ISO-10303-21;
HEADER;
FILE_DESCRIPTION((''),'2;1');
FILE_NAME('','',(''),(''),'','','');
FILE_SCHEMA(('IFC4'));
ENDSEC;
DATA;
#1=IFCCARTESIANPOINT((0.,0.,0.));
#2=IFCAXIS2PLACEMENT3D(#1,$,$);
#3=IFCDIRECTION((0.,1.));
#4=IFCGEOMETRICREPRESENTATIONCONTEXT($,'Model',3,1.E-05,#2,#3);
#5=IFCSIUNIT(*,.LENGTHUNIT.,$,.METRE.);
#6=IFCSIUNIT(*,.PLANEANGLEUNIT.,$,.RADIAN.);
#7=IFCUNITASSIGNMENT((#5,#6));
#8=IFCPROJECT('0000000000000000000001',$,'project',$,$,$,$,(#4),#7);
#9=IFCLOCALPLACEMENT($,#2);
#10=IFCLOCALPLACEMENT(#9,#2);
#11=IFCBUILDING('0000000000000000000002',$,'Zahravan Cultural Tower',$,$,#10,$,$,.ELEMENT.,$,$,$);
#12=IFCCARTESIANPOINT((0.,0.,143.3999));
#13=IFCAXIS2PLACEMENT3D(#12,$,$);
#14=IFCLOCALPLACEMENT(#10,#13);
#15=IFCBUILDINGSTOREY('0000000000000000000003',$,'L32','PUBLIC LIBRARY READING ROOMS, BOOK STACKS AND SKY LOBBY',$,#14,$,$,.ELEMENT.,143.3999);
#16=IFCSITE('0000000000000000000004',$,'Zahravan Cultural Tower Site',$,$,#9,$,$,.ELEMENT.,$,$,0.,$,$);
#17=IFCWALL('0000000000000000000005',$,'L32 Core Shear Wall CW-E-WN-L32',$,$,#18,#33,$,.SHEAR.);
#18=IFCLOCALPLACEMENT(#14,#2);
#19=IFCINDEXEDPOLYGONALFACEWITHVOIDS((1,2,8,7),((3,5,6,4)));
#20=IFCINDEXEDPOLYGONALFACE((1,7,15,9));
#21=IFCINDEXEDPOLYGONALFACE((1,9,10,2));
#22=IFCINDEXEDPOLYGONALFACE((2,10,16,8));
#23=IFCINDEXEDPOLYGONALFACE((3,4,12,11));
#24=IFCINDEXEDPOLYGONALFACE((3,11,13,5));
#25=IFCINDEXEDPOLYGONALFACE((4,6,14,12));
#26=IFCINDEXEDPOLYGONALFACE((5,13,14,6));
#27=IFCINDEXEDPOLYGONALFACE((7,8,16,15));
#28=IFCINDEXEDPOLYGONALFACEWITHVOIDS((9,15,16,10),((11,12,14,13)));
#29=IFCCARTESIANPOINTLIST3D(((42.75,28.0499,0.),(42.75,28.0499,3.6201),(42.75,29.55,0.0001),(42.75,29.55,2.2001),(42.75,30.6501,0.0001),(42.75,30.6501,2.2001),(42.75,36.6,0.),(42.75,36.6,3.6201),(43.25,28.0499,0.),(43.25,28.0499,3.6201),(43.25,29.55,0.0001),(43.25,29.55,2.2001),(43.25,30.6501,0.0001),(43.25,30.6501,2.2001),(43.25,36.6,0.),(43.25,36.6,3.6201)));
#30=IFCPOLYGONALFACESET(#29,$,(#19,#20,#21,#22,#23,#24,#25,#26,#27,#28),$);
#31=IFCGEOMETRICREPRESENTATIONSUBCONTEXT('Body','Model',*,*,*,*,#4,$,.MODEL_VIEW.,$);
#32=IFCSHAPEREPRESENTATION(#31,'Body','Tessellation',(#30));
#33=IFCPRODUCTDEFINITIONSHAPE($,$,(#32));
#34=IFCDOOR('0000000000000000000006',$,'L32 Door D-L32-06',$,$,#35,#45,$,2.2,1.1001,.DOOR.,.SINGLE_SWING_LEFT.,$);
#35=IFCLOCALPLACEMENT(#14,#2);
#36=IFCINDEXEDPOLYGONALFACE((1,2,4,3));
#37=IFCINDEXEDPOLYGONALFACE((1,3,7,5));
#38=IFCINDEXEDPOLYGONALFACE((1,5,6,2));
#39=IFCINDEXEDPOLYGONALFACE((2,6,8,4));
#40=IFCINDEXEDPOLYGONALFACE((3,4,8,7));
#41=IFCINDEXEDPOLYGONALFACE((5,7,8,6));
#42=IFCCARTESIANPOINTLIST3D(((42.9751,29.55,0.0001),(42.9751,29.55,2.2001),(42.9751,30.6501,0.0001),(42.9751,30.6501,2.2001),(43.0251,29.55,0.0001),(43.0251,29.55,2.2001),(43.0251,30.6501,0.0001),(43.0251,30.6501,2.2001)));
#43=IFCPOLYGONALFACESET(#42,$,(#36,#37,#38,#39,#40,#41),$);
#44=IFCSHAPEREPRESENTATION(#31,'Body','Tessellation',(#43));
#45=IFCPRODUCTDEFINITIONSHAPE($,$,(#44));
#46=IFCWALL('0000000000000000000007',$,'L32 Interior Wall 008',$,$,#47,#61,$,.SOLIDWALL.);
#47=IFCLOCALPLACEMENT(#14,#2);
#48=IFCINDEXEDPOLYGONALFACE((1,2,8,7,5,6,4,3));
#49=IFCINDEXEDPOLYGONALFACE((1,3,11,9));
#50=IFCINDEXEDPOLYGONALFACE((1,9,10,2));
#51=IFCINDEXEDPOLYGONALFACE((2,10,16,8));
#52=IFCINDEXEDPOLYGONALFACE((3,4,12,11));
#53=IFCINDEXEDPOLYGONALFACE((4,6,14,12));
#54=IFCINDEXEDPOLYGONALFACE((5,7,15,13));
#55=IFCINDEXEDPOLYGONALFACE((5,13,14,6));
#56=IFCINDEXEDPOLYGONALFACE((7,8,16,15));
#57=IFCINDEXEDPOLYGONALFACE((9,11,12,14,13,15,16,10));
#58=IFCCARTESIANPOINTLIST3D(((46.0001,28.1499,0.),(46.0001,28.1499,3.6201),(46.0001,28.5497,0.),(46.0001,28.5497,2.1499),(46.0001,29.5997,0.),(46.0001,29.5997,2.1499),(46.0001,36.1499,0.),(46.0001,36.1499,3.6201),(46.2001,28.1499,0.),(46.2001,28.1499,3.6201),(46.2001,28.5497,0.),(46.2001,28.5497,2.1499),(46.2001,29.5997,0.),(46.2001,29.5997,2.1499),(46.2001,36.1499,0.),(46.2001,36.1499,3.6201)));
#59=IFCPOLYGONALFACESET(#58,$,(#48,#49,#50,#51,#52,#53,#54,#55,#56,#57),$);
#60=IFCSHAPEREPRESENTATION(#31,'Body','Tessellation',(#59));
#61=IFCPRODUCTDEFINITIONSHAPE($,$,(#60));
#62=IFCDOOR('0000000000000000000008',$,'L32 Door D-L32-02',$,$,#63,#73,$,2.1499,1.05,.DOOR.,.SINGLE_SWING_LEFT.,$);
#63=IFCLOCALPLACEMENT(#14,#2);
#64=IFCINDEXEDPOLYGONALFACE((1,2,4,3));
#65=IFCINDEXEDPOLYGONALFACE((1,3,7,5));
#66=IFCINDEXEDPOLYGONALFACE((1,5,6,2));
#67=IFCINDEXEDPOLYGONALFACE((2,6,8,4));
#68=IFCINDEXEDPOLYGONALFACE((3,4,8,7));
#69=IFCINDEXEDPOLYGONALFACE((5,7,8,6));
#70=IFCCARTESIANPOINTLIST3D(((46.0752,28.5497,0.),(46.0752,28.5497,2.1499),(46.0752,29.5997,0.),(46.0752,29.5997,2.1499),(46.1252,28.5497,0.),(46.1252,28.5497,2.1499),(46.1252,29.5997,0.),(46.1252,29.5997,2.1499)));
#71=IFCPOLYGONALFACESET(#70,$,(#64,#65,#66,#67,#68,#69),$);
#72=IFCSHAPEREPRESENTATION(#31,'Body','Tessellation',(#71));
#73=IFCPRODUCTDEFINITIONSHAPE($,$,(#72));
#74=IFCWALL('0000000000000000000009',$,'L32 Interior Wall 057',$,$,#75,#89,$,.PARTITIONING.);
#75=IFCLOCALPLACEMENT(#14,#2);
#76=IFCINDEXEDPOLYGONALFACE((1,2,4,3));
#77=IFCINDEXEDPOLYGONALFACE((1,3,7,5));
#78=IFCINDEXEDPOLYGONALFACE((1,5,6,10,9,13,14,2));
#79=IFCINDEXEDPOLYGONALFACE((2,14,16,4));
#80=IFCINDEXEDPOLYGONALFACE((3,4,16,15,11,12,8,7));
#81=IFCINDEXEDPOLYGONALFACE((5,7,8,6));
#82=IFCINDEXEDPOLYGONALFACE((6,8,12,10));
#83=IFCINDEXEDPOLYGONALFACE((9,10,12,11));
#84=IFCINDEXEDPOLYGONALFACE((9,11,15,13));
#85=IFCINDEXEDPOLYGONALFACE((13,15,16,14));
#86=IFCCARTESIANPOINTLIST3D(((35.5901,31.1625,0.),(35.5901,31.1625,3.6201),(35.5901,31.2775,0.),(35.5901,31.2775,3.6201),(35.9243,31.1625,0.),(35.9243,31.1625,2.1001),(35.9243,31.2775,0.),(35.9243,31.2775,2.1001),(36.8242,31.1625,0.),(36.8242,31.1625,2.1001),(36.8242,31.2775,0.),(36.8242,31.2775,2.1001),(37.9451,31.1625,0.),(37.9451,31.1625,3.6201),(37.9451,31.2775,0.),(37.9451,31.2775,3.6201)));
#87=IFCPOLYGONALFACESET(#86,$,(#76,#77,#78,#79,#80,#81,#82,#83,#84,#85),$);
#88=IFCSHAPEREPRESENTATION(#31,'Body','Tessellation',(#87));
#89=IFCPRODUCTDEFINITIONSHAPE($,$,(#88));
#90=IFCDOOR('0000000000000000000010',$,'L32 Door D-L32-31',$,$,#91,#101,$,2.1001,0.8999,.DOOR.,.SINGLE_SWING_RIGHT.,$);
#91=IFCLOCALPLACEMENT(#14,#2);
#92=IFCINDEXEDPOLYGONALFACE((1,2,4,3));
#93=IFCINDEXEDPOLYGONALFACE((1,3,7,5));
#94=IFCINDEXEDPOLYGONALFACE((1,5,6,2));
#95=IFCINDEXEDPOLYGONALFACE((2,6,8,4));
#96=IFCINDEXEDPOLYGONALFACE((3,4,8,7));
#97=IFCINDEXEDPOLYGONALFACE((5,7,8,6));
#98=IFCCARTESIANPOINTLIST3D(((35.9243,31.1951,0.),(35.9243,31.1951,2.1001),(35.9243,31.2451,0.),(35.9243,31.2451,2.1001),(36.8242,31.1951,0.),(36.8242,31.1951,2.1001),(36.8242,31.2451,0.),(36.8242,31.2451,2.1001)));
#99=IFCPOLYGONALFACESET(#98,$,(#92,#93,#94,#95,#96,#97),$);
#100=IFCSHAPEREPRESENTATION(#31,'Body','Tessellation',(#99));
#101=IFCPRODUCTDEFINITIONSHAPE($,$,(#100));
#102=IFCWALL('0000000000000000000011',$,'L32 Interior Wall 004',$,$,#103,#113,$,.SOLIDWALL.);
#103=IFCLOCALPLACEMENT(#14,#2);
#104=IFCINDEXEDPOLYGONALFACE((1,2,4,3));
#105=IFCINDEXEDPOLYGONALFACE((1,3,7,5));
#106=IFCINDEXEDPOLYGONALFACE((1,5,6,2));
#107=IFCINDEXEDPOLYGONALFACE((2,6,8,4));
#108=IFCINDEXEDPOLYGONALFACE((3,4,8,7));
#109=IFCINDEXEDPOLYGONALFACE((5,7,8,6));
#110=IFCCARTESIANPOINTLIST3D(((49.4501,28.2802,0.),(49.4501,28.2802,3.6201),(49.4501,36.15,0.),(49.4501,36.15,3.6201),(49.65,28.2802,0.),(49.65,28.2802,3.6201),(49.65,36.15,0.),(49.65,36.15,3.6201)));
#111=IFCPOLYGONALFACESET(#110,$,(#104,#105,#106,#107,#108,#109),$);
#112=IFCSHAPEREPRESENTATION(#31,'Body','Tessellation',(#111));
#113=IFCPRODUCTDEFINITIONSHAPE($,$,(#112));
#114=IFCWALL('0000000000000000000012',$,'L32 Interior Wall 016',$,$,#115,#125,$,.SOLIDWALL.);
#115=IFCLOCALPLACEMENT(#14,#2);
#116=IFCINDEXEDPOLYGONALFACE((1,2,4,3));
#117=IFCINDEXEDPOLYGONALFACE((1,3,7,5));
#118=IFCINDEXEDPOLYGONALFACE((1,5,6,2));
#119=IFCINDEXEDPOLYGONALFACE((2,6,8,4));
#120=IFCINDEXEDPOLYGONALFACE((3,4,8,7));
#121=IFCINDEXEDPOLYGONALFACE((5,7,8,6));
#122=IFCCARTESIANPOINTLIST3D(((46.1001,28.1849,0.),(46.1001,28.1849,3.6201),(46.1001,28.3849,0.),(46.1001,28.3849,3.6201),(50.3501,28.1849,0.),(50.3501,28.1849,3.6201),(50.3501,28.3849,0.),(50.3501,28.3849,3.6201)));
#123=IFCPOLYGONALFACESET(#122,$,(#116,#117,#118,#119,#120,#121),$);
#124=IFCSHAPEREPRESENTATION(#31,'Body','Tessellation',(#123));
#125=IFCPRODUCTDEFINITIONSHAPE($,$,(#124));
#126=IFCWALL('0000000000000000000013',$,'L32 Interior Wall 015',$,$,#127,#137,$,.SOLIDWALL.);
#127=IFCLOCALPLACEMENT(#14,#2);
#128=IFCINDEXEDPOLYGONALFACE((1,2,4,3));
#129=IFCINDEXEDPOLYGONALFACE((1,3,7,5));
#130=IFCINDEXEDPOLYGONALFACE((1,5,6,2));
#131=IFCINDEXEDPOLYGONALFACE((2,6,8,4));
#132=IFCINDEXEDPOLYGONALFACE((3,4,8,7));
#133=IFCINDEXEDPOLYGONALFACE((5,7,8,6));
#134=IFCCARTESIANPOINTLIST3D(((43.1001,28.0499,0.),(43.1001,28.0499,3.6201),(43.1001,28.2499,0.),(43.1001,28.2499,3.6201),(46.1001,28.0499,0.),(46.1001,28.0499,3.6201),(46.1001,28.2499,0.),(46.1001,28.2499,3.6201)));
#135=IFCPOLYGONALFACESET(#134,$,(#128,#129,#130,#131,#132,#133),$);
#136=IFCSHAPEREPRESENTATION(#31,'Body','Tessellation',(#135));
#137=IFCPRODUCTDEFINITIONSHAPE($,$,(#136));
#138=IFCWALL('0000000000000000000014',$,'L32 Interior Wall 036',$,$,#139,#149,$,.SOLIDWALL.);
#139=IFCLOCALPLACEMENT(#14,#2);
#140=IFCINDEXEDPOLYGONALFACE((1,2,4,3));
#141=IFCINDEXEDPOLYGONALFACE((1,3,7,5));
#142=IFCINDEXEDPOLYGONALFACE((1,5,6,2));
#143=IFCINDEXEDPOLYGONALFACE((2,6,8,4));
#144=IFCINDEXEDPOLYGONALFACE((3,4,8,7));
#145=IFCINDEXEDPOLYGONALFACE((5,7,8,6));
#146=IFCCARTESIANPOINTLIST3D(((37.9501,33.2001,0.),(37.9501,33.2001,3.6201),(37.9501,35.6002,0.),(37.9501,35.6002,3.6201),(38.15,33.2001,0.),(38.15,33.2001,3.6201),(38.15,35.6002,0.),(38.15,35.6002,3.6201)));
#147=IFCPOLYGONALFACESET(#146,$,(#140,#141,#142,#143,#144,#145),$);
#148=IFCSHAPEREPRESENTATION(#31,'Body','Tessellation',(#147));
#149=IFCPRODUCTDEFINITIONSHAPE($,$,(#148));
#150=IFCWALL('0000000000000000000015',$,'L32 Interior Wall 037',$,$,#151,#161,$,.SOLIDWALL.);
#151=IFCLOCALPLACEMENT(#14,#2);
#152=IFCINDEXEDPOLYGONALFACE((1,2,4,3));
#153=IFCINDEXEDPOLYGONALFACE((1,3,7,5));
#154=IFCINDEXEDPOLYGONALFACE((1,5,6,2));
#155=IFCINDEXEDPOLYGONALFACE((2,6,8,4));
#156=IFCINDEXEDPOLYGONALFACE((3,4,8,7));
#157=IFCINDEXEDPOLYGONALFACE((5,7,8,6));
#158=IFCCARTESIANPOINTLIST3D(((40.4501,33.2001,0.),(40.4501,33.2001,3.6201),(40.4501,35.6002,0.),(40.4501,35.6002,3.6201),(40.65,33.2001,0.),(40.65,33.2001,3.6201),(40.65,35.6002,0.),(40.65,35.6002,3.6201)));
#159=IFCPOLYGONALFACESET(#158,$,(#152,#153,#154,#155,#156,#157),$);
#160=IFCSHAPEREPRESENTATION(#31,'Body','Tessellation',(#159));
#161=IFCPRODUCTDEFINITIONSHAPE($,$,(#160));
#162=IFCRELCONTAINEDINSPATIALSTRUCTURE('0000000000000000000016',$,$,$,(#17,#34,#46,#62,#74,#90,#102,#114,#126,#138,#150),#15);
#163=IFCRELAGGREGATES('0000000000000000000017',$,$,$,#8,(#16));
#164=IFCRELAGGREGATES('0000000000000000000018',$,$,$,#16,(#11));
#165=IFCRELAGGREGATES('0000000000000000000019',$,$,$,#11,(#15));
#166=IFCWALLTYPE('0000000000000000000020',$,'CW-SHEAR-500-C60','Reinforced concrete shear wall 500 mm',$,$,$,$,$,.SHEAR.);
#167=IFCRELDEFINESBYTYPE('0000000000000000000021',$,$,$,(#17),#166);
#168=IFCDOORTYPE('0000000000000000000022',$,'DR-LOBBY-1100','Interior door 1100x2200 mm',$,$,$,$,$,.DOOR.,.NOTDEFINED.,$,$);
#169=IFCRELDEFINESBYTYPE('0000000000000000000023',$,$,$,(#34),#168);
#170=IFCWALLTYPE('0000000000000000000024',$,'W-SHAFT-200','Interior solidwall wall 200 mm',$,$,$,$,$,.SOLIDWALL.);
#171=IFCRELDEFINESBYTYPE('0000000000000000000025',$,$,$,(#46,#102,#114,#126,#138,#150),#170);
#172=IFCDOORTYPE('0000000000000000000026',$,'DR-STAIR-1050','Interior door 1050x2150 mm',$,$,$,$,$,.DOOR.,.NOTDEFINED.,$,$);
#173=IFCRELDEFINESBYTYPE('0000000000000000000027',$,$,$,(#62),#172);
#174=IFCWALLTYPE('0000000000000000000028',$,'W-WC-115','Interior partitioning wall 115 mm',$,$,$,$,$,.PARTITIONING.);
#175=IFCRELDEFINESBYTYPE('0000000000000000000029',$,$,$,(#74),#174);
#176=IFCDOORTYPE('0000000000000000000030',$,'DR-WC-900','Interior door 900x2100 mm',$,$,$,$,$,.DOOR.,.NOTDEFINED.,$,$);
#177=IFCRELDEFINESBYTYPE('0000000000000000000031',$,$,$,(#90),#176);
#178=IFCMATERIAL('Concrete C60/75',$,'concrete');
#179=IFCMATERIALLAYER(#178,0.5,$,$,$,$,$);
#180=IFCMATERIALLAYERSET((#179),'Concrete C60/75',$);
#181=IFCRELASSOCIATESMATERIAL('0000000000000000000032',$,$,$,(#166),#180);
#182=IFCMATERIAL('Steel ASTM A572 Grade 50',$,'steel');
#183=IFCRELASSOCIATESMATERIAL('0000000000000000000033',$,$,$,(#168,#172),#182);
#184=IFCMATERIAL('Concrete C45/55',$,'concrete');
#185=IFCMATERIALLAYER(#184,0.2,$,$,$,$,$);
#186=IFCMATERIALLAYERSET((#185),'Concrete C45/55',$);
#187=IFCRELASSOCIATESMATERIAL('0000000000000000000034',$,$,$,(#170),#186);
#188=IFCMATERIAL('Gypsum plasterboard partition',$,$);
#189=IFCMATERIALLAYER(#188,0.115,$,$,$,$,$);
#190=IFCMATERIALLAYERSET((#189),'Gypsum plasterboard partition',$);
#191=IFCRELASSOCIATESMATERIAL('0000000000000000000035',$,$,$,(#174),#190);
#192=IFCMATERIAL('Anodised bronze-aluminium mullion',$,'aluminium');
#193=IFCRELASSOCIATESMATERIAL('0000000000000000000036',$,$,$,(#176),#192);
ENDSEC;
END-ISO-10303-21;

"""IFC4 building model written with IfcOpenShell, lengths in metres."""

from ifc_helpers import new_model, si_unit, direction, frame, frame_2d, origin, place, context, subcontext, project, spatial, rectangle, extrude, source, transform, mapped, material, layer, layer_set, type_object, element, fill, save


model = new_model("IFC4")

# Units and contexts
model_context = context("Model", 3, precision=1e-05, world=origin(), true_north=direction((0.0, 1.0)))
body_context = subcontext(model_context, "Body", "Model", "MODEL_VIEW")
ifc_project = project(units=[si_unit("LENGTHUNIT", "METRE"), si_unit("PLANEANGLEUNIT", "RADIAN")], contexts=[model_context])

# Site, building, storey
site_placement = place(None, origin())
site = spatial("IfcSite", under=ifc_project, at=site_placement, Name="Zahravan Cultural Tower Site", CompositionType="ELEMENT", RefElevation=0.0)
building_placement = place(site_placement, origin())
building = spatial("IfcBuilding", under=site, at=building_placement, Name="Zahravan Cultural Tower", CompositionType="ELEMENT")
storey_placement = place(building_placement, frame((0.0, 0.0, 143.3999)))
storey = spatial("IfcBuildingStorey", under=building, at=storey_placement, Name="L32", Description="PUBLIC LIBRARY READING ROOMS, BOOK STACKS AND SKY LOBBY", CompositionType="ELEMENT", Elevation=143.3999)

# Walls, openings, doors
ifc_material_1 = material(Name="Concrete C60/75", Category="concrete")
ifc_layer_1 = layer(ifc_material_1, 0.5)
ifc_layer_set_1 = layer_set([ifc_layer_1], Name="Concrete C60/75")
wall_type_1 = type_object("IfcWallType", Name="CW-SHEAR-500-C60", Description="Reinforced concrete shear wall 500 mm", PredefinedType="SHEAR", material=ifc_layer_set_1)
wall_1_placement = place(storey_placement, frame((43.0, 28.05, 0.0), z_axis=(0.0, 0.0, 1.0), x_axis=(0.0, 1.0, 0.0)))
wall_1 = element("IfcWall", 1, at=wall_1_placement, inside=storey, type_object=wall_type_1, Name="L32 Core Shear Wall CW-E-WN-L32", PredefinedType="SHEAR", context=body_context, shape_type="SweptSolid", body=[
    extrude(rectangle(XDim=8.55, YDim=0.5, at=frame_2d((4.2749, 0.0))), origin(), (0.0, 0.0, 1.0), 3.6201),
])
opening_1_placement = place(wall_1_placement, frame((1.5, 0.0, 0.0)))
opening_1 = element("IfcOpeningElement", 2, at=opening_1_placement, cuts=wall_1, PredefinedType="OPENING", context=body_context, shape_type="SweptSolid", body=[
    extrude(rectangle(XDim=1.1001, YDim=2.2, at=frame_2d((0.55, 1.1001))), frame((0.0, 0.26, 0.0), z_axis=(0.0, -1.0, 0.0), x_axis=(1.0, 0.0, 0.0)), (0.0, 0.0, 1.0), 0.52),
])
ifc_material_2 = material(Name="Steel ASTM A572 Grade 50", Category="steel")
door_type_1 = type_object("IfcDoorType", Name="DR-LOBBY-1100", Description="Interior door 1100x2200 mm", OperationType="NOTDEFINED", PredefinedType="DOOR", material=ifc_material_2)
shared_shape_1 = source(origin(), body_context, "Body", "SweptSolid", [
    extrude(rectangle(XDim=1.1001, YDim=2.2, at=frame_2d((0.55, 1.1001))), frame((0.0, 0.0249, 0.0), z_axis=(0.0, -1.0, 0.0), x_axis=(1.0, 0.0, 0.0)), (0.0, 0.0, 1.0), 0.05),
])
door_1_placement = place(opening_1_placement, origin())
door_1 = element("IfcDoor", 3, at=door_1_placement, inside=storey, type_object=door_type_1, Name="L32 Door D-L32-06", OperationType="SINGLE_SWING_LEFT", OverallHeight=2.2, OverallWidth=1.1001, PredefinedType="DOOR", context=body_context, shape_type="MappedRepresentation", body=[
    mapped(shared_shape_1, transform((0.0, 0.0, 0.0), x_axis=(1.0, 0.0, 0.0), y_axis=(0.0, 1.0, 0.0), z_axis=(0.0, 0.0, 1.0), scale=1.0)),
])
fill(opening_1, door_1)
ifc_material_3 = material(Name="Gypsum plasterboard partition")
ifc_material_4 = material(Name="Anodised bronze-aluminium mullion", Category="aluminium")
ifc_material_5 = material(Name="Concrete C45/55", Category="concrete")
ifc_layer_2 = layer(ifc_material_5, 0.2)
ifc_layer_set_2 = layer_set([ifc_layer_2], Name="Concrete C45/55")
wall_type_2 = type_object("IfcWallType", Name="W-SHAFT-200", Description="Interior solidwall wall 200 mm", PredefinedType="SOLIDWALL", material=ifc_layer_set_2)
wall_2_placement = place(storey_placement, frame((46.1001, 28.1499, 0.0), z_axis=(0.0, 0.0, 1.0), x_axis=(0.0, 1.0, 0.0)))
wall_2 = element("IfcWall", 4, at=wall_2_placement, inside=storey, type_object=wall_type_2, Name="L32 Interior Wall 008", PredefinedType="SOLIDWALL", context=body_context, shape_type="SweptSolid", body=[
    extrude(rectangle(XDim=8.0, YDim=0.2, at=frame_2d((4.0, 0.0))), origin(), (0.0, 0.0, 1.0), 3.6201),
])
opening_2_placement = place(wall_2_placement, frame((0.3999, 0.0, 0.0)))
opening_2 = element("IfcOpeningElement", 5, at=opening_2_placement, cuts=wall_2, PredefinedType="OPENING", context=body_context, shape_type="SweptSolid", body=[
    extrude(rectangle(XDim=1.05, YDim=2.1499, at=frame_2d((0.5249, 1.075))), frame((0.0, 0.1099, 0.0), z_axis=(0.0, -1.0, 0.0), x_axis=(1.0, 0.0, 0.0)), (0.0, 0.0, 1.0), 0.22),
])
door_type_2 = type_object("IfcDoorType", Name="DR-STAIR-1050", Description="Interior door 1050x2150 mm", OperationType="NOTDEFINED", PredefinedType="DOOR", material=ifc_material_2)
shared_shape_2 = source(origin(), body_context, "Body", "SweptSolid", [
    extrude(rectangle(XDim=1.05, YDim=2.1499, at=frame_2d((0.5249, 1.075))), frame((0.0, 0.0249, 0.0), z_axis=(0.0, -1.0, 0.0), x_axis=(1.0, 0.0, 0.0)), (0.0, 0.0, 1.0), 0.05),
])
door_2_placement = place(opening_2_placement, origin())
door_2 = element("IfcDoor", 6, at=door_2_placement, inside=storey, type_object=door_type_2, Name="L32 Door D-L32-02", OperationType="SINGLE_SWING_LEFT", OverallHeight=2.1499, OverallWidth=1.05, PredefinedType="DOOR", context=body_context, shape_type="MappedRepresentation", body=[
    mapped(shared_shape_2, transform((0.0, 0.0, 0.0), x_axis=(1.0, 0.0, 0.0), y_axis=(0.0, 1.0, 0.0), z_axis=(0.0, 0.0, 1.0), scale=1.0)),
])
fill(opening_2, door_2)
ifc_layer_3 = layer(ifc_material_3, 0.115)
ifc_layer_set_3 = layer_set([ifc_layer_3], Name="Gypsum plasterboard partition")
wall_type_3 = type_object("IfcWallType", Name="W-WC-115", Description="Interior partitioning wall 115 mm", PredefinedType="PARTITIONING", material=ifc_layer_set_3)
wall_3_placement = place(storey_placement, frame((37.9451, 31.22, 0.0), z_axis=(0.0, 0.0, 1.0), x_axis=(-1.0, 0.0, 0.0)))
wall_3 = element("IfcWall", 7, at=wall_3_placement, inside=storey, type_object=wall_type_3, Name="L32 Interior Wall 057", PredefinedType="PARTITIONING", context=body_context, shape_type="SweptSolid", body=[
    extrude(rectangle(XDim=2.355, YDim=0.115, at=frame_2d((1.1775, 0.0))), origin(), (0.0, 0.0, 1.0), 3.6201),
])
opening_3_placement = place(wall_3_placement, frame((1.1208, 0.0, 0.0)))
opening_3 = element("IfcOpeningElement", 8, at=opening_3_placement, cuts=wall_3, PredefinedType="OPENING", context=body_context, shape_type="SweptSolid", body=[
    extrude(rectangle(XDim=0.8999, YDim=2.1001, at=frame_2d((0.45, 1.05))), frame((0.0, 0.0674, 0.0), z_axis=(0.0, -1.0, 0.0), x_axis=(1.0, 0.0, 0.0)), (0.0, 0.0, 1.0), 0.135),
])
door_type_3 = type_object("IfcDoorType", Name="DR-WC-900", Description="Interior door 900x2100 mm", OperationType="NOTDEFINED", PredefinedType="DOOR", material=ifc_material_4)
shared_shape_3 = source(origin(), body_context, "Body", "SweptSolid", [
    extrude(rectangle(XDim=0.8999, YDim=2.1001, at=frame_2d((0.45, 1.05))), frame((0.0, 0.0249, 0.0), z_axis=(0.0, -1.0, 0.0), x_axis=(1.0, 0.0, 0.0)), (0.0, 0.0, 1.0), 0.05),
])
door_3_placement = place(opening_3_placement, origin())
door_3 = element("IfcDoor", 9, at=door_3_placement, inside=storey, type_object=door_type_3, Name="L32 Door D-L32-31", OperationType="SINGLE_SWING_RIGHT", OverallHeight=2.1001, OverallWidth=0.8999, PredefinedType="DOOR", context=body_context, shape_type="MappedRepresentation", body=[
    mapped(shared_shape_3, transform((0.0, 0.0, 0.0), x_axis=(1.0, 0.0, 0.0), y_axis=(0.0, 1.0, 0.0), z_axis=(0.0, 0.0, 1.0), scale=1.0)),
])
fill(opening_3, door_3)

# Walls
shared_shape_4 = source(origin(), body_context, "Body", "SweptSolid", [
    extrude(rectangle(XDim=7.8699, YDim=0.2, at=frame_2d((3.9351, 0.0))), origin(), (0.0, 0.0, 1.0), 3.6201),
])
wall_4_placement = place(storey_placement, frame((49.55, 28.28, 0.0), z_axis=(0.0, 0.0, 1.0), x_axis=(0.0, 1.0, 0.0)))
element("IfcWall", 10, at=wall_4_placement, inside=storey, type_object=wall_type_2, Name="L32 Interior Wall 004", PredefinedType="SOLIDWALL", context=body_context, shape_type="MappedRepresentation", body=[
    mapped(shared_shape_4, transform((0.0, 0.0, 0.0), x_axis=(1.0, 0.0, 0.0), y_axis=(0.0, 1.0, 0.0), z_axis=(0.0, 0.0, 1.0), scale=1.0)),
])
shared_shape_5 = source(origin(), body_context, "Body", "SweptSolid", [
    extrude(rectangle(XDim=4.25, YDim=0.2, at=frame_2d((2.125, 0.0))), origin(), (0.0, 0.0, 1.0), 3.6201),
])
wall_5_placement = place(storey_placement, frame((46.1001, 28.2849, 0.0), z_axis=(0.0, 0.0, 1.0), x_axis=(1.0, 0.0, 0.0)))
element("IfcWall", 11, at=wall_5_placement, inside=storey, type_object=wall_type_2, Name="L32 Interior Wall 016", PredefinedType="SOLIDWALL", context=body_context, shape_type="MappedRepresentation", body=[
    mapped(shared_shape_5, transform((0.0, 0.0, 0.0), x_axis=(1.0, 0.0, 0.0), y_axis=(0.0, 1.0, 0.0), z_axis=(0.0, 0.0, 1.0), scale=1.0)),
])
shared_shape_6 = source(origin(), body_context, "Body", "SweptSolid", [
    extrude(rectangle(XDim=3.0, YDim=0.2, at=frame_2d((1.5, 0.0))), origin(), (0.0, 0.0, 1.0), 3.6201),
])
wall_6_placement = place(storey_placement, frame((43.1001, 28.1499, 0.0), z_axis=(0.0, 0.0, 1.0), x_axis=(1.0, 0.0, 0.0)))
element("IfcWall", 12, at=wall_6_placement, inside=storey, type_object=wall_type_2, Name="L32 Interior Wall 015", PredefinedType="SOLIDWALL", context=body_context, shape_type="MappedRepresentation", body=[
    mapped(shared_shape_6, transform((0.0, 0.0, 0.0), x_axis=(1.0, 0.0, 0.0), y_axis=(0.0, 1.0, 0.0), z_axis=(0.0, 0.0, 1.0), scale=1.0)),
])
shared_shape_7 = source(origin(), body_context, "Body", "SweptSolid", [
    extrude(rectangle(XDim=2.4001, YDim=0.2, at=frame_2d((1.2002, 0.0))), origin(), (0.0, 0.0, 1.0), 3.6201),
])
for number, where, z_axis, x_axis, name in (
    (13, (38.05, 33.2, 0.0), (0.0, 0.0, 1.0), (0.0, 1.0, 0.0), "L32 Interior Wall 036"),
    (14, (40.55, 33.2, 0.0), (0.0, 0.0, 1.0), (0.0, 1.0, 0.0), "L32 Interior Wall 037"),
):
    element("IfcWall", number, at=place(storey_placement, frame(where, z_axis=z_axis, x_axis=x_axis)), inside=storey, type_object=wall_type_2, Name=name, PredefinedType="SOLIDWALL", context=body_context, shape_type="MappedRepresentation", body=[
        mapped(shared_shape_7, transform((0.0, 0.0, 0.0), x_axis=(1.0, 0.0, 0.0), y_axis=(0.0, 1.0, 0.0), z_axis=(0.0, 0.0, 1.0), scale=1.0)),
    ])

save(model, "model.ifc")
